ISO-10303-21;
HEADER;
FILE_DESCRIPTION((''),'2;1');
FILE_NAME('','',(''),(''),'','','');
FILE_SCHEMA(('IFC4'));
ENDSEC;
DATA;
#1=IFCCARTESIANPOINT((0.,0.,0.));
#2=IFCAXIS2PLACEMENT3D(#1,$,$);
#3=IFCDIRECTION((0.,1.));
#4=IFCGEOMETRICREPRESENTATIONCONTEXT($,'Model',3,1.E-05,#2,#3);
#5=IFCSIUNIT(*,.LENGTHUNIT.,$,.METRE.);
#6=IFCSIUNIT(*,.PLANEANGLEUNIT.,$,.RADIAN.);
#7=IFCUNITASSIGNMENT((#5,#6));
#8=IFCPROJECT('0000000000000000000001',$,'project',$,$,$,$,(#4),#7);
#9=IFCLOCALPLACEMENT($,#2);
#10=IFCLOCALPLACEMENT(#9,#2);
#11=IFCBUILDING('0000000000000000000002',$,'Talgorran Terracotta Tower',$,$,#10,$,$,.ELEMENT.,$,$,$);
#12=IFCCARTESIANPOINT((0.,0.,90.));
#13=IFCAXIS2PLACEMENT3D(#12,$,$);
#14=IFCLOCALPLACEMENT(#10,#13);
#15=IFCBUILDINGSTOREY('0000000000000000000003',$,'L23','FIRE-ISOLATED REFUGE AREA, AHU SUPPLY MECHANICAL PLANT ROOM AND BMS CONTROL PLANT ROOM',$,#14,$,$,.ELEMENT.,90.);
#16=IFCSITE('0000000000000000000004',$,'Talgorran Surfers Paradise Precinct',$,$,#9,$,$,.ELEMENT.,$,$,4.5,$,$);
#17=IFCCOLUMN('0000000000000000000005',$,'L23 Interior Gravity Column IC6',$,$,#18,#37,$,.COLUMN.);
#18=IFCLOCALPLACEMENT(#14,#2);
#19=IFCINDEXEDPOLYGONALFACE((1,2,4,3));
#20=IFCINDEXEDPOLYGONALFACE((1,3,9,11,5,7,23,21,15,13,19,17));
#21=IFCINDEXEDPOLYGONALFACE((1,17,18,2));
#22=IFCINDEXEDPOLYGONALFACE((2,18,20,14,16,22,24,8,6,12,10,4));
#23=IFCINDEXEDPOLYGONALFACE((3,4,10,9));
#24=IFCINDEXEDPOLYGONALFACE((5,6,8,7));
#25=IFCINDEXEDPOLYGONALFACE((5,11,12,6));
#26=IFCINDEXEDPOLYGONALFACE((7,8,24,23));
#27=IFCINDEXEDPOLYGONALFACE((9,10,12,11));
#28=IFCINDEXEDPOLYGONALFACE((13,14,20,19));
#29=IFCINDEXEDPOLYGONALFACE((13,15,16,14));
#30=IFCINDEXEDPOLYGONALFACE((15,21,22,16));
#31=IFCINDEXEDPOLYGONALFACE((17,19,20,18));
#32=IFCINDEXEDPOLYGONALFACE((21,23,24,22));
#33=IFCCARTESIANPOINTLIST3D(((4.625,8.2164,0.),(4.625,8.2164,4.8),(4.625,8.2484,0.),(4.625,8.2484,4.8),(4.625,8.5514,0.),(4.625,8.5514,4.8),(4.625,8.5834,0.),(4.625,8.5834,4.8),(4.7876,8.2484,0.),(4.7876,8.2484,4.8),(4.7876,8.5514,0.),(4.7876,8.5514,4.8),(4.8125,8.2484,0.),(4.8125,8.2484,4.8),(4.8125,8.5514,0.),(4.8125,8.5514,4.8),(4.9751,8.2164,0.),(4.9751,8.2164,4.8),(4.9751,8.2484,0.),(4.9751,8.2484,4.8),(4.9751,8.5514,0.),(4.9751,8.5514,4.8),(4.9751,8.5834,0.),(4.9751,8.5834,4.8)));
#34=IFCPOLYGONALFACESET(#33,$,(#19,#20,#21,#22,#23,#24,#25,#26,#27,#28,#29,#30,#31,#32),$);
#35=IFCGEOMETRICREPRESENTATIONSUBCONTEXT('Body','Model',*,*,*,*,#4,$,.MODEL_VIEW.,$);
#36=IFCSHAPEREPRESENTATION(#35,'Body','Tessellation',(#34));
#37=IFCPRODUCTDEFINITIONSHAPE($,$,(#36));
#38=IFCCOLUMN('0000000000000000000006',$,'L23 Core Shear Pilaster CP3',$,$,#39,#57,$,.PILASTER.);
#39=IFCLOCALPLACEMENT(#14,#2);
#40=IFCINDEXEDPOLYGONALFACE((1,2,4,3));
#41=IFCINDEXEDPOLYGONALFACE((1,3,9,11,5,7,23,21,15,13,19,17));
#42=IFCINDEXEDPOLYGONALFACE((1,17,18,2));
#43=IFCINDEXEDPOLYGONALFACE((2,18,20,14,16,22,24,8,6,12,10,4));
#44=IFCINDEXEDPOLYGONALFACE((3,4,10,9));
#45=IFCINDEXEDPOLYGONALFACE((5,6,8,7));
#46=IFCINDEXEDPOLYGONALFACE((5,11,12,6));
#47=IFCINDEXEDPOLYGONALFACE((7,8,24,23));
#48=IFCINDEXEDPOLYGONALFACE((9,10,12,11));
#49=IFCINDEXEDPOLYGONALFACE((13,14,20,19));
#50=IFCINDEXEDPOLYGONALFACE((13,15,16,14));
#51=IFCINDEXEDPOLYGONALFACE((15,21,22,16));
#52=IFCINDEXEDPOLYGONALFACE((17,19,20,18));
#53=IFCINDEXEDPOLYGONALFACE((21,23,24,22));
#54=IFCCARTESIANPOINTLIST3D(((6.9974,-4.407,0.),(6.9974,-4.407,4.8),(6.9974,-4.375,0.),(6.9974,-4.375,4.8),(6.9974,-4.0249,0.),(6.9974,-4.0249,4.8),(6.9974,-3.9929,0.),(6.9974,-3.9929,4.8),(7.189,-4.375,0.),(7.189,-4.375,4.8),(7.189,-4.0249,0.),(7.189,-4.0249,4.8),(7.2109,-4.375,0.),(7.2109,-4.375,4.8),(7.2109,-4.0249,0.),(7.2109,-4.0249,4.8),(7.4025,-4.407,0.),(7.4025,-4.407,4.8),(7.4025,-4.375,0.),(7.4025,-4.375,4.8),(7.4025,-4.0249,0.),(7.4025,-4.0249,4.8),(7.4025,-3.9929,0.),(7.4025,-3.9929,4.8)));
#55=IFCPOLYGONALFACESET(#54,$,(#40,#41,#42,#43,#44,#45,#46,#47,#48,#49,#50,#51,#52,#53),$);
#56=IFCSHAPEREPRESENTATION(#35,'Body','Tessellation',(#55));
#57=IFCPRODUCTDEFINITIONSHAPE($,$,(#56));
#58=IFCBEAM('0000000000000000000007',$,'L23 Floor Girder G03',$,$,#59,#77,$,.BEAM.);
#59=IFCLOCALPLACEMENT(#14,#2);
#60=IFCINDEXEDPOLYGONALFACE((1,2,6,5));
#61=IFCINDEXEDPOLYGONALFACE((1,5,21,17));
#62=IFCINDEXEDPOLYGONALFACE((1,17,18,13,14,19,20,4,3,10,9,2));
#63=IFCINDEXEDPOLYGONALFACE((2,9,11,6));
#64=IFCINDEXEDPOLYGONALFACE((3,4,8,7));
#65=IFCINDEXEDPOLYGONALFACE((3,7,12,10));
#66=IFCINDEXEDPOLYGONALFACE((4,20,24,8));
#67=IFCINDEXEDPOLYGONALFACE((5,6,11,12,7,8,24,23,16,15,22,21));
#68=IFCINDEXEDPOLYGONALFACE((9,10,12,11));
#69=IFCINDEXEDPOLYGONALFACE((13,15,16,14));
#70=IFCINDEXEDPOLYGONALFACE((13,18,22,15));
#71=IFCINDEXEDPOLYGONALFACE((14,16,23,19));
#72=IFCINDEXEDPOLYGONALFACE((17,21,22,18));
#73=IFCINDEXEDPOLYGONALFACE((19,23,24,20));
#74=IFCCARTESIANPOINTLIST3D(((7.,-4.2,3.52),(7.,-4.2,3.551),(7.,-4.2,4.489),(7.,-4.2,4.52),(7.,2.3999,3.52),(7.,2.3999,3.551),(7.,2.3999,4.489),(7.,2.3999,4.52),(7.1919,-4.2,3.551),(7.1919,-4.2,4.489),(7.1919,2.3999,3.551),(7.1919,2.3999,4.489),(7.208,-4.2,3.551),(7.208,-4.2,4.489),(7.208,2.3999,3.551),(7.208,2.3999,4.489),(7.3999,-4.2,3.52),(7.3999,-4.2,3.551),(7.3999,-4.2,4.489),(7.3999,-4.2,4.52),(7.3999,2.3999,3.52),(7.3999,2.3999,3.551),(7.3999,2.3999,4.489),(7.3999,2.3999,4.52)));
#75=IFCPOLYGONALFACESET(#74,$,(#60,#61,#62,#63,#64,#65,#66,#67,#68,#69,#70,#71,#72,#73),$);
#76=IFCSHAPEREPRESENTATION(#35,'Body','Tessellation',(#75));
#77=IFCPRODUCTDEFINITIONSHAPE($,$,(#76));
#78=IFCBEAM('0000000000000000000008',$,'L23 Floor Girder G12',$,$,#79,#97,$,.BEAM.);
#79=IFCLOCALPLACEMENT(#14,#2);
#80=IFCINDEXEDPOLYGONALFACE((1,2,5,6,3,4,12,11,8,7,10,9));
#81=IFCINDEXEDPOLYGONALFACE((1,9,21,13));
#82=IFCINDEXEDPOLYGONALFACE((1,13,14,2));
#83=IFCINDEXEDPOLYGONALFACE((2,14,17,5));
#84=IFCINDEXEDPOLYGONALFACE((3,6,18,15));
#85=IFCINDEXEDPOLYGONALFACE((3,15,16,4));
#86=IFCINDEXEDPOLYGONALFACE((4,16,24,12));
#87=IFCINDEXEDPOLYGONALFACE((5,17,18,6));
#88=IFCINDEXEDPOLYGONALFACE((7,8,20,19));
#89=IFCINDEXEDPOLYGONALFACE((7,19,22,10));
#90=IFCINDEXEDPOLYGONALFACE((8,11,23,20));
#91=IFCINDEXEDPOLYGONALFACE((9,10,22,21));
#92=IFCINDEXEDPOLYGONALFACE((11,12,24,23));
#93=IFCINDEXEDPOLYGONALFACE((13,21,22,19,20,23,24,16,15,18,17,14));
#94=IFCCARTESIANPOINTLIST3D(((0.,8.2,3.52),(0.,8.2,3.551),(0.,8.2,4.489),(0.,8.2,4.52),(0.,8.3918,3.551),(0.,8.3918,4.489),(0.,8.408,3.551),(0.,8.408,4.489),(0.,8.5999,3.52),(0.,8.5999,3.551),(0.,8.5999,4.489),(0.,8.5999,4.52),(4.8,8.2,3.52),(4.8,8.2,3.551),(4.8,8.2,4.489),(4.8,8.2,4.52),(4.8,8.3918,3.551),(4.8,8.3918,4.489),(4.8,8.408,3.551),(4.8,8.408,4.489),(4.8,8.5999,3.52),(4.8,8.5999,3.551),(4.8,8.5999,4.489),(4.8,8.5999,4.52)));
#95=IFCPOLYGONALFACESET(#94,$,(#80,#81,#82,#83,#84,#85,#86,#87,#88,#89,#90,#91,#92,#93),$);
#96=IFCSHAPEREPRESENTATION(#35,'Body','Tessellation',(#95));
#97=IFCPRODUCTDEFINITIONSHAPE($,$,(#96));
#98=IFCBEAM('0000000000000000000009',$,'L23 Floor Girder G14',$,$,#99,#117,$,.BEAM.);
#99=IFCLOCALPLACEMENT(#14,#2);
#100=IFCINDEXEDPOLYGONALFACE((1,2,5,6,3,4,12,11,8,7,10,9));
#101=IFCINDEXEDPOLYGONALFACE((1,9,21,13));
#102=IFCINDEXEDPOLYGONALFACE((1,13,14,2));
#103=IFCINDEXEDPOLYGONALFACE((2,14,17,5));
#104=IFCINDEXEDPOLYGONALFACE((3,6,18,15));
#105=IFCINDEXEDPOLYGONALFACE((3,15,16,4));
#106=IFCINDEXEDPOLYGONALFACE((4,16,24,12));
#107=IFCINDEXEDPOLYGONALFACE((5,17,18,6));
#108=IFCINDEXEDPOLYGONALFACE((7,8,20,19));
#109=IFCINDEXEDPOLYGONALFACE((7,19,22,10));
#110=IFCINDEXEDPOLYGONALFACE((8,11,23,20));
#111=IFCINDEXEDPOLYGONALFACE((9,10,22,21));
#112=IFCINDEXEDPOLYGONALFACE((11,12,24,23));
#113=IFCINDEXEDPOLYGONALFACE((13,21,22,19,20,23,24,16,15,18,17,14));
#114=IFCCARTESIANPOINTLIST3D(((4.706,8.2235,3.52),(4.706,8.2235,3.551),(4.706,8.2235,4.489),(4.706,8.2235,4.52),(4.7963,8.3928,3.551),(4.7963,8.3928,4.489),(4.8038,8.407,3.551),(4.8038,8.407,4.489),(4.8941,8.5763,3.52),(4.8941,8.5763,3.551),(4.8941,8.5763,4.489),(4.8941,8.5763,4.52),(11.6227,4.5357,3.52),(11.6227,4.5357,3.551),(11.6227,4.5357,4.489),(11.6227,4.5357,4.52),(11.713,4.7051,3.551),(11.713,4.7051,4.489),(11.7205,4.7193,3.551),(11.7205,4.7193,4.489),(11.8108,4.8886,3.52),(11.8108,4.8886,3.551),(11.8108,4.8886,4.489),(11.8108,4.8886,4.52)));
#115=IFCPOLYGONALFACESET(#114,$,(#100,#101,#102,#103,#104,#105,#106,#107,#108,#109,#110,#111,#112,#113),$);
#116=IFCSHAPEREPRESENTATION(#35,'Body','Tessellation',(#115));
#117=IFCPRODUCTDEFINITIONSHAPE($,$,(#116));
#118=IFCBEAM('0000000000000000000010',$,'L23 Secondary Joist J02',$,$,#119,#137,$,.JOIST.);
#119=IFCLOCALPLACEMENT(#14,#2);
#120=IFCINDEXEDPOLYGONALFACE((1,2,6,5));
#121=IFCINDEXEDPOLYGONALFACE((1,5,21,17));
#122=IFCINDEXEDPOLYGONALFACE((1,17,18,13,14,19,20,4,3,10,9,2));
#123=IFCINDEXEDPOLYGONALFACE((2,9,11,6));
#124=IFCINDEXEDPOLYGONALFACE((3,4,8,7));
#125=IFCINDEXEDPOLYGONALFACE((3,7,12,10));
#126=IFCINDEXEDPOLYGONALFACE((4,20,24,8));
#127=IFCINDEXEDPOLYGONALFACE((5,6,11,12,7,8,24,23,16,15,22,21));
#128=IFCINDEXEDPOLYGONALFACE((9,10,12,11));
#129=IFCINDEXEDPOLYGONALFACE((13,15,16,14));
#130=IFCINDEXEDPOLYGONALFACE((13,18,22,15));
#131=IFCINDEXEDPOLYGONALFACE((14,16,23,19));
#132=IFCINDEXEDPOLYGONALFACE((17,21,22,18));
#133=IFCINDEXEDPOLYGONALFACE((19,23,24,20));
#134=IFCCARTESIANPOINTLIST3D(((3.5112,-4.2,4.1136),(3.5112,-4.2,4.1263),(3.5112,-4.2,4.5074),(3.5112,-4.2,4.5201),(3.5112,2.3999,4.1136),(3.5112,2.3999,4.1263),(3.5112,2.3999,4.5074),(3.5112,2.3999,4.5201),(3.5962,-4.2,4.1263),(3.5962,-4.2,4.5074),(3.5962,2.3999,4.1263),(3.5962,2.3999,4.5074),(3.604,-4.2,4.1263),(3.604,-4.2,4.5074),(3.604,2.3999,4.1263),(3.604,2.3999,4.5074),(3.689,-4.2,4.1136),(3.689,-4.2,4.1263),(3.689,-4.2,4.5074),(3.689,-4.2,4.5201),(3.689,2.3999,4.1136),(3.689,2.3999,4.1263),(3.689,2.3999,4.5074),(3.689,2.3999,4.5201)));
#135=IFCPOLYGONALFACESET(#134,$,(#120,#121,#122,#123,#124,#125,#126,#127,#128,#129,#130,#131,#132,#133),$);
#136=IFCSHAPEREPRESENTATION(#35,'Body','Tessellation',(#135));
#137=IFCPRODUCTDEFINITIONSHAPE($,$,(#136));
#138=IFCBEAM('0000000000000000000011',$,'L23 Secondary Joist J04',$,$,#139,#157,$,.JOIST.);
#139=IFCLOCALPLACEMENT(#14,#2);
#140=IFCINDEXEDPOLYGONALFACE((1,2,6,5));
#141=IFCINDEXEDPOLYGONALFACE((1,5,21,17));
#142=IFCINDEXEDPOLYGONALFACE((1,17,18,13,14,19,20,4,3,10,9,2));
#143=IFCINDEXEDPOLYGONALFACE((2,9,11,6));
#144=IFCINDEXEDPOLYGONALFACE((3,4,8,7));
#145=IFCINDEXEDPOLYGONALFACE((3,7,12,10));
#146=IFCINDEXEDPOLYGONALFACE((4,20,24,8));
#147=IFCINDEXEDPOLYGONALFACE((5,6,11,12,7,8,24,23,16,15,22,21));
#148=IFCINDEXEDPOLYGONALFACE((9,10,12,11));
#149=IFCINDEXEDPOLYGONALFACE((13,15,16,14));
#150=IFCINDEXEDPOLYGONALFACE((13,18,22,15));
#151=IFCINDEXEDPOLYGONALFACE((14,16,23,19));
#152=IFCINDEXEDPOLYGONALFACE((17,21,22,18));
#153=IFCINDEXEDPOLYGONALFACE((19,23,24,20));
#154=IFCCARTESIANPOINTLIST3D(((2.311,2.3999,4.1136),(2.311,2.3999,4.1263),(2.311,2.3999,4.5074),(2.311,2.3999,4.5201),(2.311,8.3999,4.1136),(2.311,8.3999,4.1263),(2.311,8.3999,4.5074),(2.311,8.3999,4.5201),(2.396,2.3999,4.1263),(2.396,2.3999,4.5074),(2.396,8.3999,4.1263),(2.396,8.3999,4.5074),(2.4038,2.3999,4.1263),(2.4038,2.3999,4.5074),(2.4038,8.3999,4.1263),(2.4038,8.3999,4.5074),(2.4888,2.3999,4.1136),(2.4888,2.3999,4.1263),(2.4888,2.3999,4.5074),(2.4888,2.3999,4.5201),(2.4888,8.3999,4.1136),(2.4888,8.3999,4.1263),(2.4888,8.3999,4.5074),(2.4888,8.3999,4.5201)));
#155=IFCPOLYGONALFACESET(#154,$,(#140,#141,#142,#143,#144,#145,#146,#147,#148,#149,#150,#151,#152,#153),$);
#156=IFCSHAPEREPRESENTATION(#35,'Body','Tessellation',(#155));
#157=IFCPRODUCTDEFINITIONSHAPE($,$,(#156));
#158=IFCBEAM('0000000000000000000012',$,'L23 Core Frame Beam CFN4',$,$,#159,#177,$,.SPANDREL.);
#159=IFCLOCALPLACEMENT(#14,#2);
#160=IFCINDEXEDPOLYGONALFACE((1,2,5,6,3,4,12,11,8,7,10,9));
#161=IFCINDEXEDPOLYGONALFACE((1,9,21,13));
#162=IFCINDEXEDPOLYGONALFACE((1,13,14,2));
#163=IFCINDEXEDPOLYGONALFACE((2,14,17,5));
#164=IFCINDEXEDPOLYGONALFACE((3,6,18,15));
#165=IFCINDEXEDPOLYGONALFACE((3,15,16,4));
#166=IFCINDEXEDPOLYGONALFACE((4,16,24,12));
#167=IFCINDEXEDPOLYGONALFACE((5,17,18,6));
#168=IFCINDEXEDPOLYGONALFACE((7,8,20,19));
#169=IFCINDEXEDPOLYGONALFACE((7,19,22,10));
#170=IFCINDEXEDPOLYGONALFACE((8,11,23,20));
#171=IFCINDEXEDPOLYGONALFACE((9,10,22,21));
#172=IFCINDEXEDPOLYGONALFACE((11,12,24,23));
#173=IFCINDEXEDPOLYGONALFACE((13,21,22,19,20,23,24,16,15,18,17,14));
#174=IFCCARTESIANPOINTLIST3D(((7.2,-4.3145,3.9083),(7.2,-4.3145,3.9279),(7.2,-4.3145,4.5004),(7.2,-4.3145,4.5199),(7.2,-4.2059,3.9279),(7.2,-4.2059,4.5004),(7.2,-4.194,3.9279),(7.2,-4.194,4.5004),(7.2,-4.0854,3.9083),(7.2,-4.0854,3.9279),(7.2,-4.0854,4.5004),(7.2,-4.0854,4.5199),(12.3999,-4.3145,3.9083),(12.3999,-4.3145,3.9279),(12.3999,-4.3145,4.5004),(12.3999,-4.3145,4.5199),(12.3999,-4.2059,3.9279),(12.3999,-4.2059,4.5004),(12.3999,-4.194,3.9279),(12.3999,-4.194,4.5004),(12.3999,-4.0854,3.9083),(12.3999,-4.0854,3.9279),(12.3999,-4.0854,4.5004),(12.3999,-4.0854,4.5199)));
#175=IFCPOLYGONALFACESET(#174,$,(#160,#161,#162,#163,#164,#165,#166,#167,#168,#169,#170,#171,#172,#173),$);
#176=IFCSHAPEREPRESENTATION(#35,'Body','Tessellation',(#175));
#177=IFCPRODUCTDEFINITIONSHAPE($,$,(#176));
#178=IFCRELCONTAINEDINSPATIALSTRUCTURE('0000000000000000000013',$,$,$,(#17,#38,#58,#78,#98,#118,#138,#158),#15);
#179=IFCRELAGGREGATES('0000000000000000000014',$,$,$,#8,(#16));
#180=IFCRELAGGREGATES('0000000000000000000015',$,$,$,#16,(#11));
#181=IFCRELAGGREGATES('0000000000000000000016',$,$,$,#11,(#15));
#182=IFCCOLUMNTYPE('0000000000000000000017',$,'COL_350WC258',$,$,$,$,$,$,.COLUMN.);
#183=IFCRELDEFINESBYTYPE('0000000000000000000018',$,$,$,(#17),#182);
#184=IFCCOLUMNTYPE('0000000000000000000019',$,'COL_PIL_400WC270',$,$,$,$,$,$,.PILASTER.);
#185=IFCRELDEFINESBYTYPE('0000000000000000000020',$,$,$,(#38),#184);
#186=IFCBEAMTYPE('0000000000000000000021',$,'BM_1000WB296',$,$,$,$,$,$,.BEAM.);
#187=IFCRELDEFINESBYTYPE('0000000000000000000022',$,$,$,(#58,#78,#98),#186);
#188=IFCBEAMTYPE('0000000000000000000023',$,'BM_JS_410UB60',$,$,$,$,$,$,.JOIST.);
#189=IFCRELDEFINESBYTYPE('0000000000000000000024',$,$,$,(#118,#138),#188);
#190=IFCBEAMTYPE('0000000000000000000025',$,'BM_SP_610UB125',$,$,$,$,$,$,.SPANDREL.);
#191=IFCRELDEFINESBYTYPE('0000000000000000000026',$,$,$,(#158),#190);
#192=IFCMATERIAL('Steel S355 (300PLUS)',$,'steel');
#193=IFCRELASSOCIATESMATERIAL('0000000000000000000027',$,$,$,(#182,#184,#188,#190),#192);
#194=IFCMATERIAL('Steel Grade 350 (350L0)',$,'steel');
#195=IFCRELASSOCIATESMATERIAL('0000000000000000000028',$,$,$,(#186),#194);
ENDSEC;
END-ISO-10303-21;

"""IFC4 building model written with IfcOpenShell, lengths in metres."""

from ifc_helpers import new_model, si_unit, direction, frame, origin, origin_2d, place, context, subcontext, project, spatial, i_section, extrude, material, material_profile, profile_set, type_object, element, save


model = new_model("IFC4")

# Units and contexts
model_context = context("Model", 3, precision=1e-05, world=origin(), true_north=direction((0.0, 1.0)))
body_context = subcontext(model_context, "Body", "Model", "MODEL_VIEW")
ifc_project = project(units=[si_unit("LENGTHUNIT", "METRE"), si_unit("PLANEANGLEUNIT", "RADIAN")], contexts=[model_context])

# Site, building, storey
site_placement = place(None, origin())
site = spatial("IfcSite", under=ifc_project, at=site_placement, Name="Talgorran Surfers Paradise Precinct", CompositionType="ELEMENT", RefElevation=4.5)
building_placement = place(site_placement, origin())
building = spatial("IfcBuilding", under=site, at=building_placement, Name="Talgorran Terracotta Tower", CompositionType="ELEMENT")
storey_placement = place(building_placement, frame((0.0, 0.0, 90.0)))
storey = spatial("IfcBuildingStorey", under=building, at=storey_placement, Name="L23", Description="FIRE-ISOLATED REFUGE AREA, AHU SUPPLY MECHANICAL PLANT ROOM AND BMS CONTROL PLANT ROOM", CompositionType="ELEMENT", Elevation=90.0)

# Columns
ifc_material_1 = material(Name="Steel S355 (300PLUS)", Category="steel")
ifc_material_profile_1 = material_profile(ifc_material_1, i_section(OverallWidth=0.3501, OverallDepth=0.3669, WebThickness=0.0249, FlangeThickness=0.032, at=origin_2d()), Name="350WC258")
ifc_profile_set_1 = profile_set([ifc_material_profile_1], Name="Steel S355 (300PLUS)")
column_type_1 = type_object("IfcColumnType", Name="COL_350WC258", PredefinedType="COLUMN", material=ifc_profile_set_1)
column_1_placement = place(storey_placement, frame((4.8, 8.3999, 0.0), z_axis=(0.0, 0.0, 1.0), x_axis=(1.0, 0.0, 0.0)))
element("IfcColumn", 1, at=column_1_placement, inside=storey, type_object=column_type_1, Name="L23 Interior Gravity Column IC6", PredefinedType="COLUMN", context=body_context, shape_type="SweptSolid", body=[
    extrude(i_section(OverallWidth=0.3501, OverallDepth=0.3669, WebThickness=0.0249, FlangeThickness=0.032, at=origin_2d()), origin(), (0.0, 0.0, 1.0), 4.8),
])
ifc_material_profile_2 = material_profile(ifc_material_1, i_section(OverallWidth=0.405, OverallDepth=0.4141, WebThickness=0.022, FlangeThickness=0.032, at=origin_2d()), Name="400WC270")
ifc_profile_set_2 = profile_set([ifc_material_profile_2], Name="Steel S355 (300PLUS)")
column_type_2 = type_object("IfcColumnType", Name="COL_PIL_400WC270", PredefinedType="PILASTER", material=ifc_profile_set_2)
column_2_placement = place(storey_placement, frame((7.2, -4.2, 0.0), z_axis=(0.0, 0.0, 1.0), x_axis=(1.0, 0.0, 0.0)))
element("IfcColumn", 2, at=column_2_placement, inside=storey, type_object=column_type_2, Name="L23 Core Shear Pilaster CP3", PredefinedType="PILASTER", context=body_context, shape_type="SweptSolid", body=[
    extrude(i_section(OverallWidth=0.405, OverallDepth=0.4141, WebThickness=0.022, FlangeThickness=0.032, at=origin_2d()), origin(), (0.0, 0.0, 1.0), 4.8),
])

# Beams
ifc_material_2 = material(Name="Steel Grade 350 (350L0)", Category="steel")
ifc_material_profile_3 = material_profile(ifc_material_2, i_section(OverallWidth=0.3999, OverallDepth=1.0, WebThickness=0.0161, FlangeThickness=0.031, at=origin_2d()), Name="1000WB296")
ifc_profile_set_3 = profile_set([ifc_material_profile_3], Name="Steel Grade 350 (350L0)")
beam_type_1 = type_object("IfcBeamType", Name="BM_1000WB296", PredefinedType="BEAM", material=ifc_profile_set_3)
beam_1_placement = place(storey_placement, frame((7.2, -4.2, 4.02), z_axis=(0.0, 1.0, 0.0), x_axis=(-1.0, 0.0, 0.0)))
element("IfcBeam", 3, at=beam_1_placement, inside=storey, type_object=beam_type_1, Name="L23 Floor Girder G03", PredefinedType="BEAM", context=body_context, shape_type="SweptSolid", body=[
    extrude(i_section(OverallWidth=0.3999, OverallDepth=1.0, WebThickness=0.0161, FlangeThickness=0.031, at=origin_2d()), origin(), (0.0, 0.0, 1.0), 6.5999),
])
beam_2_placement = place(storey_placement, frame((0.0, 8.3999, 4.02), z_axis=(1.0, 0.0, 0.0), x_axis=(0.0, 1.0, 0.0)))
element("IfcBeam", 4, at=beam_2_placement, inside=storey, type_object=beam_type_1, Name="L23 Floor Girder G12", PredefinedType="BEAM", context=body_context, shape_type="SweptSolid", body=[
    extrude(i_section(OverallWidth=0.3999, OverallDepth=1.0, WebThickness=0.0161, FlangeThickness=0.031, at=origin_2d()), origin(), (0.0, 0.0, 1.0), 4.8),
])
beam_3_placement = place(storey_placement, frame((4.8, 8.3999, 4.02), z_axis=(0.882416, -0.47047, 0.0), x_axis=(0.47047, 0.882416, 0.0)))
element("IfcBeam", 5, at=beam_3_placement, inside=storey, type_object=beam_type_1, Name="L23 Floor Girder G14", PredefinedType="BEAM", context=body_context, shape_type="SweptSolid", body=[
    extrude(i_section(OverallWidth=0.3999, OverallDepth=1.0, WebThickness=0.0161, FlangeThickness=0.031, at=origin_2d()), origin(), (0.0, 0.0, 1.0), 7.8384),
])
ifc_material_profile_4 = material_profile(ifc_material_1, i_section(OverallWidth=0.1777, OverallDepth=0.4065, WebThickness=0.0078, FlangeThickness=0.0127, at=origin_2d()), Name="410UB59.7")
ifc_profile_set_4 = profile_set([ifc_material_profile_4], Name="Steel S355 (300PLUS)")
beam_type_2 = type_object("IfcBeamType", Name="BM_JS_410UB60", PredefinedType="JOIST", material=ifc_profile_set_4)
beam_4_placement = place(storey_placement, frame((3.6001, -4.2, 4.3169), z_axis=(0.0, 1.0, 0.0), x_axis=(-1.0, 0.0, 0.0)))
element("IfcBeam", 6, at=beam_4_placement, inside=storey, type_object=beam_type_2, Name="L23 Secondary Joist J02", PredefinedType="JOIST", context=body_context, shape_type="SweptSolid", body=[
    extrude(i_section(OverallWidth=0.1777, OverallDepth=0.4065, WebThickness=0.0078, FlangeThickness=0.0127, at=origin_2d()), origin(), (0.0, 0.0, 1.0), 6.5999),
])
beam_5_placement = place(storey_placement, frame((2.3999, 2.3999, 4.3169), z_axis=(0.0, 1.0, 0.0), x_axis=(-1.0, 0.0, 0.0)))
element("IfcBeam", 7, at=beam_5_placement, inside=storey, type_object=beam_type_2, Name="L23 Secondary Joist J04", PredefinedType="JOIST", context=body_context, shape_type="SweptSolid", body=[
    extrude(i_section(OverallWidth=0.1777, OverallDepth=0.4065, WebThickness=0.0078, FlangeThickness=0.0127, at=origin_2d()), origin(), (0.0, 0.0, 1.0), 6.0),
])
ifc_material_profile_5 = material_profile(ifc_material_1, i_section(OverallWidth=0.229, OverallDepth=0.6116, WebThickness=0.012, FlangeThickness=0.0195, at=origin_2d()), Name="610UB125")
ifc_profile_set_5 = profile_set([ifc_material_profile_5], Name="Steel S355 (300PLUS)")
beam_type_3 = type_object("IfcBeamType", Name="BM_SP_610UB125", PredefinedType="SPANDREL", material=ifc_profile_set_5)
beam_6_placement = place(storey_placement, frame((7.2, -4.2, 4.2141), z_axis=(1.0, 0.0, 0.0), x_axis=(0.0, 1.0, 0.0)))
element("IfcBeam", 8, at=beam_6_placement, inside=storey, type_object=beam_type_3, Name="L23 Core Frame Beam CFN4", PredefinedType="SPANDREL", context=body_context, shape_type="SweptSolid", body=[
    extrude(i_section(OverallWidth=0.229, OverallDepth=0.6116, WebThickness=0.012, FlangeThickness=0.0195, at=origin_2d()), origin(), (0.0, 0.0, 1.0), 5.2),
])

save(model, "model.ifc")
